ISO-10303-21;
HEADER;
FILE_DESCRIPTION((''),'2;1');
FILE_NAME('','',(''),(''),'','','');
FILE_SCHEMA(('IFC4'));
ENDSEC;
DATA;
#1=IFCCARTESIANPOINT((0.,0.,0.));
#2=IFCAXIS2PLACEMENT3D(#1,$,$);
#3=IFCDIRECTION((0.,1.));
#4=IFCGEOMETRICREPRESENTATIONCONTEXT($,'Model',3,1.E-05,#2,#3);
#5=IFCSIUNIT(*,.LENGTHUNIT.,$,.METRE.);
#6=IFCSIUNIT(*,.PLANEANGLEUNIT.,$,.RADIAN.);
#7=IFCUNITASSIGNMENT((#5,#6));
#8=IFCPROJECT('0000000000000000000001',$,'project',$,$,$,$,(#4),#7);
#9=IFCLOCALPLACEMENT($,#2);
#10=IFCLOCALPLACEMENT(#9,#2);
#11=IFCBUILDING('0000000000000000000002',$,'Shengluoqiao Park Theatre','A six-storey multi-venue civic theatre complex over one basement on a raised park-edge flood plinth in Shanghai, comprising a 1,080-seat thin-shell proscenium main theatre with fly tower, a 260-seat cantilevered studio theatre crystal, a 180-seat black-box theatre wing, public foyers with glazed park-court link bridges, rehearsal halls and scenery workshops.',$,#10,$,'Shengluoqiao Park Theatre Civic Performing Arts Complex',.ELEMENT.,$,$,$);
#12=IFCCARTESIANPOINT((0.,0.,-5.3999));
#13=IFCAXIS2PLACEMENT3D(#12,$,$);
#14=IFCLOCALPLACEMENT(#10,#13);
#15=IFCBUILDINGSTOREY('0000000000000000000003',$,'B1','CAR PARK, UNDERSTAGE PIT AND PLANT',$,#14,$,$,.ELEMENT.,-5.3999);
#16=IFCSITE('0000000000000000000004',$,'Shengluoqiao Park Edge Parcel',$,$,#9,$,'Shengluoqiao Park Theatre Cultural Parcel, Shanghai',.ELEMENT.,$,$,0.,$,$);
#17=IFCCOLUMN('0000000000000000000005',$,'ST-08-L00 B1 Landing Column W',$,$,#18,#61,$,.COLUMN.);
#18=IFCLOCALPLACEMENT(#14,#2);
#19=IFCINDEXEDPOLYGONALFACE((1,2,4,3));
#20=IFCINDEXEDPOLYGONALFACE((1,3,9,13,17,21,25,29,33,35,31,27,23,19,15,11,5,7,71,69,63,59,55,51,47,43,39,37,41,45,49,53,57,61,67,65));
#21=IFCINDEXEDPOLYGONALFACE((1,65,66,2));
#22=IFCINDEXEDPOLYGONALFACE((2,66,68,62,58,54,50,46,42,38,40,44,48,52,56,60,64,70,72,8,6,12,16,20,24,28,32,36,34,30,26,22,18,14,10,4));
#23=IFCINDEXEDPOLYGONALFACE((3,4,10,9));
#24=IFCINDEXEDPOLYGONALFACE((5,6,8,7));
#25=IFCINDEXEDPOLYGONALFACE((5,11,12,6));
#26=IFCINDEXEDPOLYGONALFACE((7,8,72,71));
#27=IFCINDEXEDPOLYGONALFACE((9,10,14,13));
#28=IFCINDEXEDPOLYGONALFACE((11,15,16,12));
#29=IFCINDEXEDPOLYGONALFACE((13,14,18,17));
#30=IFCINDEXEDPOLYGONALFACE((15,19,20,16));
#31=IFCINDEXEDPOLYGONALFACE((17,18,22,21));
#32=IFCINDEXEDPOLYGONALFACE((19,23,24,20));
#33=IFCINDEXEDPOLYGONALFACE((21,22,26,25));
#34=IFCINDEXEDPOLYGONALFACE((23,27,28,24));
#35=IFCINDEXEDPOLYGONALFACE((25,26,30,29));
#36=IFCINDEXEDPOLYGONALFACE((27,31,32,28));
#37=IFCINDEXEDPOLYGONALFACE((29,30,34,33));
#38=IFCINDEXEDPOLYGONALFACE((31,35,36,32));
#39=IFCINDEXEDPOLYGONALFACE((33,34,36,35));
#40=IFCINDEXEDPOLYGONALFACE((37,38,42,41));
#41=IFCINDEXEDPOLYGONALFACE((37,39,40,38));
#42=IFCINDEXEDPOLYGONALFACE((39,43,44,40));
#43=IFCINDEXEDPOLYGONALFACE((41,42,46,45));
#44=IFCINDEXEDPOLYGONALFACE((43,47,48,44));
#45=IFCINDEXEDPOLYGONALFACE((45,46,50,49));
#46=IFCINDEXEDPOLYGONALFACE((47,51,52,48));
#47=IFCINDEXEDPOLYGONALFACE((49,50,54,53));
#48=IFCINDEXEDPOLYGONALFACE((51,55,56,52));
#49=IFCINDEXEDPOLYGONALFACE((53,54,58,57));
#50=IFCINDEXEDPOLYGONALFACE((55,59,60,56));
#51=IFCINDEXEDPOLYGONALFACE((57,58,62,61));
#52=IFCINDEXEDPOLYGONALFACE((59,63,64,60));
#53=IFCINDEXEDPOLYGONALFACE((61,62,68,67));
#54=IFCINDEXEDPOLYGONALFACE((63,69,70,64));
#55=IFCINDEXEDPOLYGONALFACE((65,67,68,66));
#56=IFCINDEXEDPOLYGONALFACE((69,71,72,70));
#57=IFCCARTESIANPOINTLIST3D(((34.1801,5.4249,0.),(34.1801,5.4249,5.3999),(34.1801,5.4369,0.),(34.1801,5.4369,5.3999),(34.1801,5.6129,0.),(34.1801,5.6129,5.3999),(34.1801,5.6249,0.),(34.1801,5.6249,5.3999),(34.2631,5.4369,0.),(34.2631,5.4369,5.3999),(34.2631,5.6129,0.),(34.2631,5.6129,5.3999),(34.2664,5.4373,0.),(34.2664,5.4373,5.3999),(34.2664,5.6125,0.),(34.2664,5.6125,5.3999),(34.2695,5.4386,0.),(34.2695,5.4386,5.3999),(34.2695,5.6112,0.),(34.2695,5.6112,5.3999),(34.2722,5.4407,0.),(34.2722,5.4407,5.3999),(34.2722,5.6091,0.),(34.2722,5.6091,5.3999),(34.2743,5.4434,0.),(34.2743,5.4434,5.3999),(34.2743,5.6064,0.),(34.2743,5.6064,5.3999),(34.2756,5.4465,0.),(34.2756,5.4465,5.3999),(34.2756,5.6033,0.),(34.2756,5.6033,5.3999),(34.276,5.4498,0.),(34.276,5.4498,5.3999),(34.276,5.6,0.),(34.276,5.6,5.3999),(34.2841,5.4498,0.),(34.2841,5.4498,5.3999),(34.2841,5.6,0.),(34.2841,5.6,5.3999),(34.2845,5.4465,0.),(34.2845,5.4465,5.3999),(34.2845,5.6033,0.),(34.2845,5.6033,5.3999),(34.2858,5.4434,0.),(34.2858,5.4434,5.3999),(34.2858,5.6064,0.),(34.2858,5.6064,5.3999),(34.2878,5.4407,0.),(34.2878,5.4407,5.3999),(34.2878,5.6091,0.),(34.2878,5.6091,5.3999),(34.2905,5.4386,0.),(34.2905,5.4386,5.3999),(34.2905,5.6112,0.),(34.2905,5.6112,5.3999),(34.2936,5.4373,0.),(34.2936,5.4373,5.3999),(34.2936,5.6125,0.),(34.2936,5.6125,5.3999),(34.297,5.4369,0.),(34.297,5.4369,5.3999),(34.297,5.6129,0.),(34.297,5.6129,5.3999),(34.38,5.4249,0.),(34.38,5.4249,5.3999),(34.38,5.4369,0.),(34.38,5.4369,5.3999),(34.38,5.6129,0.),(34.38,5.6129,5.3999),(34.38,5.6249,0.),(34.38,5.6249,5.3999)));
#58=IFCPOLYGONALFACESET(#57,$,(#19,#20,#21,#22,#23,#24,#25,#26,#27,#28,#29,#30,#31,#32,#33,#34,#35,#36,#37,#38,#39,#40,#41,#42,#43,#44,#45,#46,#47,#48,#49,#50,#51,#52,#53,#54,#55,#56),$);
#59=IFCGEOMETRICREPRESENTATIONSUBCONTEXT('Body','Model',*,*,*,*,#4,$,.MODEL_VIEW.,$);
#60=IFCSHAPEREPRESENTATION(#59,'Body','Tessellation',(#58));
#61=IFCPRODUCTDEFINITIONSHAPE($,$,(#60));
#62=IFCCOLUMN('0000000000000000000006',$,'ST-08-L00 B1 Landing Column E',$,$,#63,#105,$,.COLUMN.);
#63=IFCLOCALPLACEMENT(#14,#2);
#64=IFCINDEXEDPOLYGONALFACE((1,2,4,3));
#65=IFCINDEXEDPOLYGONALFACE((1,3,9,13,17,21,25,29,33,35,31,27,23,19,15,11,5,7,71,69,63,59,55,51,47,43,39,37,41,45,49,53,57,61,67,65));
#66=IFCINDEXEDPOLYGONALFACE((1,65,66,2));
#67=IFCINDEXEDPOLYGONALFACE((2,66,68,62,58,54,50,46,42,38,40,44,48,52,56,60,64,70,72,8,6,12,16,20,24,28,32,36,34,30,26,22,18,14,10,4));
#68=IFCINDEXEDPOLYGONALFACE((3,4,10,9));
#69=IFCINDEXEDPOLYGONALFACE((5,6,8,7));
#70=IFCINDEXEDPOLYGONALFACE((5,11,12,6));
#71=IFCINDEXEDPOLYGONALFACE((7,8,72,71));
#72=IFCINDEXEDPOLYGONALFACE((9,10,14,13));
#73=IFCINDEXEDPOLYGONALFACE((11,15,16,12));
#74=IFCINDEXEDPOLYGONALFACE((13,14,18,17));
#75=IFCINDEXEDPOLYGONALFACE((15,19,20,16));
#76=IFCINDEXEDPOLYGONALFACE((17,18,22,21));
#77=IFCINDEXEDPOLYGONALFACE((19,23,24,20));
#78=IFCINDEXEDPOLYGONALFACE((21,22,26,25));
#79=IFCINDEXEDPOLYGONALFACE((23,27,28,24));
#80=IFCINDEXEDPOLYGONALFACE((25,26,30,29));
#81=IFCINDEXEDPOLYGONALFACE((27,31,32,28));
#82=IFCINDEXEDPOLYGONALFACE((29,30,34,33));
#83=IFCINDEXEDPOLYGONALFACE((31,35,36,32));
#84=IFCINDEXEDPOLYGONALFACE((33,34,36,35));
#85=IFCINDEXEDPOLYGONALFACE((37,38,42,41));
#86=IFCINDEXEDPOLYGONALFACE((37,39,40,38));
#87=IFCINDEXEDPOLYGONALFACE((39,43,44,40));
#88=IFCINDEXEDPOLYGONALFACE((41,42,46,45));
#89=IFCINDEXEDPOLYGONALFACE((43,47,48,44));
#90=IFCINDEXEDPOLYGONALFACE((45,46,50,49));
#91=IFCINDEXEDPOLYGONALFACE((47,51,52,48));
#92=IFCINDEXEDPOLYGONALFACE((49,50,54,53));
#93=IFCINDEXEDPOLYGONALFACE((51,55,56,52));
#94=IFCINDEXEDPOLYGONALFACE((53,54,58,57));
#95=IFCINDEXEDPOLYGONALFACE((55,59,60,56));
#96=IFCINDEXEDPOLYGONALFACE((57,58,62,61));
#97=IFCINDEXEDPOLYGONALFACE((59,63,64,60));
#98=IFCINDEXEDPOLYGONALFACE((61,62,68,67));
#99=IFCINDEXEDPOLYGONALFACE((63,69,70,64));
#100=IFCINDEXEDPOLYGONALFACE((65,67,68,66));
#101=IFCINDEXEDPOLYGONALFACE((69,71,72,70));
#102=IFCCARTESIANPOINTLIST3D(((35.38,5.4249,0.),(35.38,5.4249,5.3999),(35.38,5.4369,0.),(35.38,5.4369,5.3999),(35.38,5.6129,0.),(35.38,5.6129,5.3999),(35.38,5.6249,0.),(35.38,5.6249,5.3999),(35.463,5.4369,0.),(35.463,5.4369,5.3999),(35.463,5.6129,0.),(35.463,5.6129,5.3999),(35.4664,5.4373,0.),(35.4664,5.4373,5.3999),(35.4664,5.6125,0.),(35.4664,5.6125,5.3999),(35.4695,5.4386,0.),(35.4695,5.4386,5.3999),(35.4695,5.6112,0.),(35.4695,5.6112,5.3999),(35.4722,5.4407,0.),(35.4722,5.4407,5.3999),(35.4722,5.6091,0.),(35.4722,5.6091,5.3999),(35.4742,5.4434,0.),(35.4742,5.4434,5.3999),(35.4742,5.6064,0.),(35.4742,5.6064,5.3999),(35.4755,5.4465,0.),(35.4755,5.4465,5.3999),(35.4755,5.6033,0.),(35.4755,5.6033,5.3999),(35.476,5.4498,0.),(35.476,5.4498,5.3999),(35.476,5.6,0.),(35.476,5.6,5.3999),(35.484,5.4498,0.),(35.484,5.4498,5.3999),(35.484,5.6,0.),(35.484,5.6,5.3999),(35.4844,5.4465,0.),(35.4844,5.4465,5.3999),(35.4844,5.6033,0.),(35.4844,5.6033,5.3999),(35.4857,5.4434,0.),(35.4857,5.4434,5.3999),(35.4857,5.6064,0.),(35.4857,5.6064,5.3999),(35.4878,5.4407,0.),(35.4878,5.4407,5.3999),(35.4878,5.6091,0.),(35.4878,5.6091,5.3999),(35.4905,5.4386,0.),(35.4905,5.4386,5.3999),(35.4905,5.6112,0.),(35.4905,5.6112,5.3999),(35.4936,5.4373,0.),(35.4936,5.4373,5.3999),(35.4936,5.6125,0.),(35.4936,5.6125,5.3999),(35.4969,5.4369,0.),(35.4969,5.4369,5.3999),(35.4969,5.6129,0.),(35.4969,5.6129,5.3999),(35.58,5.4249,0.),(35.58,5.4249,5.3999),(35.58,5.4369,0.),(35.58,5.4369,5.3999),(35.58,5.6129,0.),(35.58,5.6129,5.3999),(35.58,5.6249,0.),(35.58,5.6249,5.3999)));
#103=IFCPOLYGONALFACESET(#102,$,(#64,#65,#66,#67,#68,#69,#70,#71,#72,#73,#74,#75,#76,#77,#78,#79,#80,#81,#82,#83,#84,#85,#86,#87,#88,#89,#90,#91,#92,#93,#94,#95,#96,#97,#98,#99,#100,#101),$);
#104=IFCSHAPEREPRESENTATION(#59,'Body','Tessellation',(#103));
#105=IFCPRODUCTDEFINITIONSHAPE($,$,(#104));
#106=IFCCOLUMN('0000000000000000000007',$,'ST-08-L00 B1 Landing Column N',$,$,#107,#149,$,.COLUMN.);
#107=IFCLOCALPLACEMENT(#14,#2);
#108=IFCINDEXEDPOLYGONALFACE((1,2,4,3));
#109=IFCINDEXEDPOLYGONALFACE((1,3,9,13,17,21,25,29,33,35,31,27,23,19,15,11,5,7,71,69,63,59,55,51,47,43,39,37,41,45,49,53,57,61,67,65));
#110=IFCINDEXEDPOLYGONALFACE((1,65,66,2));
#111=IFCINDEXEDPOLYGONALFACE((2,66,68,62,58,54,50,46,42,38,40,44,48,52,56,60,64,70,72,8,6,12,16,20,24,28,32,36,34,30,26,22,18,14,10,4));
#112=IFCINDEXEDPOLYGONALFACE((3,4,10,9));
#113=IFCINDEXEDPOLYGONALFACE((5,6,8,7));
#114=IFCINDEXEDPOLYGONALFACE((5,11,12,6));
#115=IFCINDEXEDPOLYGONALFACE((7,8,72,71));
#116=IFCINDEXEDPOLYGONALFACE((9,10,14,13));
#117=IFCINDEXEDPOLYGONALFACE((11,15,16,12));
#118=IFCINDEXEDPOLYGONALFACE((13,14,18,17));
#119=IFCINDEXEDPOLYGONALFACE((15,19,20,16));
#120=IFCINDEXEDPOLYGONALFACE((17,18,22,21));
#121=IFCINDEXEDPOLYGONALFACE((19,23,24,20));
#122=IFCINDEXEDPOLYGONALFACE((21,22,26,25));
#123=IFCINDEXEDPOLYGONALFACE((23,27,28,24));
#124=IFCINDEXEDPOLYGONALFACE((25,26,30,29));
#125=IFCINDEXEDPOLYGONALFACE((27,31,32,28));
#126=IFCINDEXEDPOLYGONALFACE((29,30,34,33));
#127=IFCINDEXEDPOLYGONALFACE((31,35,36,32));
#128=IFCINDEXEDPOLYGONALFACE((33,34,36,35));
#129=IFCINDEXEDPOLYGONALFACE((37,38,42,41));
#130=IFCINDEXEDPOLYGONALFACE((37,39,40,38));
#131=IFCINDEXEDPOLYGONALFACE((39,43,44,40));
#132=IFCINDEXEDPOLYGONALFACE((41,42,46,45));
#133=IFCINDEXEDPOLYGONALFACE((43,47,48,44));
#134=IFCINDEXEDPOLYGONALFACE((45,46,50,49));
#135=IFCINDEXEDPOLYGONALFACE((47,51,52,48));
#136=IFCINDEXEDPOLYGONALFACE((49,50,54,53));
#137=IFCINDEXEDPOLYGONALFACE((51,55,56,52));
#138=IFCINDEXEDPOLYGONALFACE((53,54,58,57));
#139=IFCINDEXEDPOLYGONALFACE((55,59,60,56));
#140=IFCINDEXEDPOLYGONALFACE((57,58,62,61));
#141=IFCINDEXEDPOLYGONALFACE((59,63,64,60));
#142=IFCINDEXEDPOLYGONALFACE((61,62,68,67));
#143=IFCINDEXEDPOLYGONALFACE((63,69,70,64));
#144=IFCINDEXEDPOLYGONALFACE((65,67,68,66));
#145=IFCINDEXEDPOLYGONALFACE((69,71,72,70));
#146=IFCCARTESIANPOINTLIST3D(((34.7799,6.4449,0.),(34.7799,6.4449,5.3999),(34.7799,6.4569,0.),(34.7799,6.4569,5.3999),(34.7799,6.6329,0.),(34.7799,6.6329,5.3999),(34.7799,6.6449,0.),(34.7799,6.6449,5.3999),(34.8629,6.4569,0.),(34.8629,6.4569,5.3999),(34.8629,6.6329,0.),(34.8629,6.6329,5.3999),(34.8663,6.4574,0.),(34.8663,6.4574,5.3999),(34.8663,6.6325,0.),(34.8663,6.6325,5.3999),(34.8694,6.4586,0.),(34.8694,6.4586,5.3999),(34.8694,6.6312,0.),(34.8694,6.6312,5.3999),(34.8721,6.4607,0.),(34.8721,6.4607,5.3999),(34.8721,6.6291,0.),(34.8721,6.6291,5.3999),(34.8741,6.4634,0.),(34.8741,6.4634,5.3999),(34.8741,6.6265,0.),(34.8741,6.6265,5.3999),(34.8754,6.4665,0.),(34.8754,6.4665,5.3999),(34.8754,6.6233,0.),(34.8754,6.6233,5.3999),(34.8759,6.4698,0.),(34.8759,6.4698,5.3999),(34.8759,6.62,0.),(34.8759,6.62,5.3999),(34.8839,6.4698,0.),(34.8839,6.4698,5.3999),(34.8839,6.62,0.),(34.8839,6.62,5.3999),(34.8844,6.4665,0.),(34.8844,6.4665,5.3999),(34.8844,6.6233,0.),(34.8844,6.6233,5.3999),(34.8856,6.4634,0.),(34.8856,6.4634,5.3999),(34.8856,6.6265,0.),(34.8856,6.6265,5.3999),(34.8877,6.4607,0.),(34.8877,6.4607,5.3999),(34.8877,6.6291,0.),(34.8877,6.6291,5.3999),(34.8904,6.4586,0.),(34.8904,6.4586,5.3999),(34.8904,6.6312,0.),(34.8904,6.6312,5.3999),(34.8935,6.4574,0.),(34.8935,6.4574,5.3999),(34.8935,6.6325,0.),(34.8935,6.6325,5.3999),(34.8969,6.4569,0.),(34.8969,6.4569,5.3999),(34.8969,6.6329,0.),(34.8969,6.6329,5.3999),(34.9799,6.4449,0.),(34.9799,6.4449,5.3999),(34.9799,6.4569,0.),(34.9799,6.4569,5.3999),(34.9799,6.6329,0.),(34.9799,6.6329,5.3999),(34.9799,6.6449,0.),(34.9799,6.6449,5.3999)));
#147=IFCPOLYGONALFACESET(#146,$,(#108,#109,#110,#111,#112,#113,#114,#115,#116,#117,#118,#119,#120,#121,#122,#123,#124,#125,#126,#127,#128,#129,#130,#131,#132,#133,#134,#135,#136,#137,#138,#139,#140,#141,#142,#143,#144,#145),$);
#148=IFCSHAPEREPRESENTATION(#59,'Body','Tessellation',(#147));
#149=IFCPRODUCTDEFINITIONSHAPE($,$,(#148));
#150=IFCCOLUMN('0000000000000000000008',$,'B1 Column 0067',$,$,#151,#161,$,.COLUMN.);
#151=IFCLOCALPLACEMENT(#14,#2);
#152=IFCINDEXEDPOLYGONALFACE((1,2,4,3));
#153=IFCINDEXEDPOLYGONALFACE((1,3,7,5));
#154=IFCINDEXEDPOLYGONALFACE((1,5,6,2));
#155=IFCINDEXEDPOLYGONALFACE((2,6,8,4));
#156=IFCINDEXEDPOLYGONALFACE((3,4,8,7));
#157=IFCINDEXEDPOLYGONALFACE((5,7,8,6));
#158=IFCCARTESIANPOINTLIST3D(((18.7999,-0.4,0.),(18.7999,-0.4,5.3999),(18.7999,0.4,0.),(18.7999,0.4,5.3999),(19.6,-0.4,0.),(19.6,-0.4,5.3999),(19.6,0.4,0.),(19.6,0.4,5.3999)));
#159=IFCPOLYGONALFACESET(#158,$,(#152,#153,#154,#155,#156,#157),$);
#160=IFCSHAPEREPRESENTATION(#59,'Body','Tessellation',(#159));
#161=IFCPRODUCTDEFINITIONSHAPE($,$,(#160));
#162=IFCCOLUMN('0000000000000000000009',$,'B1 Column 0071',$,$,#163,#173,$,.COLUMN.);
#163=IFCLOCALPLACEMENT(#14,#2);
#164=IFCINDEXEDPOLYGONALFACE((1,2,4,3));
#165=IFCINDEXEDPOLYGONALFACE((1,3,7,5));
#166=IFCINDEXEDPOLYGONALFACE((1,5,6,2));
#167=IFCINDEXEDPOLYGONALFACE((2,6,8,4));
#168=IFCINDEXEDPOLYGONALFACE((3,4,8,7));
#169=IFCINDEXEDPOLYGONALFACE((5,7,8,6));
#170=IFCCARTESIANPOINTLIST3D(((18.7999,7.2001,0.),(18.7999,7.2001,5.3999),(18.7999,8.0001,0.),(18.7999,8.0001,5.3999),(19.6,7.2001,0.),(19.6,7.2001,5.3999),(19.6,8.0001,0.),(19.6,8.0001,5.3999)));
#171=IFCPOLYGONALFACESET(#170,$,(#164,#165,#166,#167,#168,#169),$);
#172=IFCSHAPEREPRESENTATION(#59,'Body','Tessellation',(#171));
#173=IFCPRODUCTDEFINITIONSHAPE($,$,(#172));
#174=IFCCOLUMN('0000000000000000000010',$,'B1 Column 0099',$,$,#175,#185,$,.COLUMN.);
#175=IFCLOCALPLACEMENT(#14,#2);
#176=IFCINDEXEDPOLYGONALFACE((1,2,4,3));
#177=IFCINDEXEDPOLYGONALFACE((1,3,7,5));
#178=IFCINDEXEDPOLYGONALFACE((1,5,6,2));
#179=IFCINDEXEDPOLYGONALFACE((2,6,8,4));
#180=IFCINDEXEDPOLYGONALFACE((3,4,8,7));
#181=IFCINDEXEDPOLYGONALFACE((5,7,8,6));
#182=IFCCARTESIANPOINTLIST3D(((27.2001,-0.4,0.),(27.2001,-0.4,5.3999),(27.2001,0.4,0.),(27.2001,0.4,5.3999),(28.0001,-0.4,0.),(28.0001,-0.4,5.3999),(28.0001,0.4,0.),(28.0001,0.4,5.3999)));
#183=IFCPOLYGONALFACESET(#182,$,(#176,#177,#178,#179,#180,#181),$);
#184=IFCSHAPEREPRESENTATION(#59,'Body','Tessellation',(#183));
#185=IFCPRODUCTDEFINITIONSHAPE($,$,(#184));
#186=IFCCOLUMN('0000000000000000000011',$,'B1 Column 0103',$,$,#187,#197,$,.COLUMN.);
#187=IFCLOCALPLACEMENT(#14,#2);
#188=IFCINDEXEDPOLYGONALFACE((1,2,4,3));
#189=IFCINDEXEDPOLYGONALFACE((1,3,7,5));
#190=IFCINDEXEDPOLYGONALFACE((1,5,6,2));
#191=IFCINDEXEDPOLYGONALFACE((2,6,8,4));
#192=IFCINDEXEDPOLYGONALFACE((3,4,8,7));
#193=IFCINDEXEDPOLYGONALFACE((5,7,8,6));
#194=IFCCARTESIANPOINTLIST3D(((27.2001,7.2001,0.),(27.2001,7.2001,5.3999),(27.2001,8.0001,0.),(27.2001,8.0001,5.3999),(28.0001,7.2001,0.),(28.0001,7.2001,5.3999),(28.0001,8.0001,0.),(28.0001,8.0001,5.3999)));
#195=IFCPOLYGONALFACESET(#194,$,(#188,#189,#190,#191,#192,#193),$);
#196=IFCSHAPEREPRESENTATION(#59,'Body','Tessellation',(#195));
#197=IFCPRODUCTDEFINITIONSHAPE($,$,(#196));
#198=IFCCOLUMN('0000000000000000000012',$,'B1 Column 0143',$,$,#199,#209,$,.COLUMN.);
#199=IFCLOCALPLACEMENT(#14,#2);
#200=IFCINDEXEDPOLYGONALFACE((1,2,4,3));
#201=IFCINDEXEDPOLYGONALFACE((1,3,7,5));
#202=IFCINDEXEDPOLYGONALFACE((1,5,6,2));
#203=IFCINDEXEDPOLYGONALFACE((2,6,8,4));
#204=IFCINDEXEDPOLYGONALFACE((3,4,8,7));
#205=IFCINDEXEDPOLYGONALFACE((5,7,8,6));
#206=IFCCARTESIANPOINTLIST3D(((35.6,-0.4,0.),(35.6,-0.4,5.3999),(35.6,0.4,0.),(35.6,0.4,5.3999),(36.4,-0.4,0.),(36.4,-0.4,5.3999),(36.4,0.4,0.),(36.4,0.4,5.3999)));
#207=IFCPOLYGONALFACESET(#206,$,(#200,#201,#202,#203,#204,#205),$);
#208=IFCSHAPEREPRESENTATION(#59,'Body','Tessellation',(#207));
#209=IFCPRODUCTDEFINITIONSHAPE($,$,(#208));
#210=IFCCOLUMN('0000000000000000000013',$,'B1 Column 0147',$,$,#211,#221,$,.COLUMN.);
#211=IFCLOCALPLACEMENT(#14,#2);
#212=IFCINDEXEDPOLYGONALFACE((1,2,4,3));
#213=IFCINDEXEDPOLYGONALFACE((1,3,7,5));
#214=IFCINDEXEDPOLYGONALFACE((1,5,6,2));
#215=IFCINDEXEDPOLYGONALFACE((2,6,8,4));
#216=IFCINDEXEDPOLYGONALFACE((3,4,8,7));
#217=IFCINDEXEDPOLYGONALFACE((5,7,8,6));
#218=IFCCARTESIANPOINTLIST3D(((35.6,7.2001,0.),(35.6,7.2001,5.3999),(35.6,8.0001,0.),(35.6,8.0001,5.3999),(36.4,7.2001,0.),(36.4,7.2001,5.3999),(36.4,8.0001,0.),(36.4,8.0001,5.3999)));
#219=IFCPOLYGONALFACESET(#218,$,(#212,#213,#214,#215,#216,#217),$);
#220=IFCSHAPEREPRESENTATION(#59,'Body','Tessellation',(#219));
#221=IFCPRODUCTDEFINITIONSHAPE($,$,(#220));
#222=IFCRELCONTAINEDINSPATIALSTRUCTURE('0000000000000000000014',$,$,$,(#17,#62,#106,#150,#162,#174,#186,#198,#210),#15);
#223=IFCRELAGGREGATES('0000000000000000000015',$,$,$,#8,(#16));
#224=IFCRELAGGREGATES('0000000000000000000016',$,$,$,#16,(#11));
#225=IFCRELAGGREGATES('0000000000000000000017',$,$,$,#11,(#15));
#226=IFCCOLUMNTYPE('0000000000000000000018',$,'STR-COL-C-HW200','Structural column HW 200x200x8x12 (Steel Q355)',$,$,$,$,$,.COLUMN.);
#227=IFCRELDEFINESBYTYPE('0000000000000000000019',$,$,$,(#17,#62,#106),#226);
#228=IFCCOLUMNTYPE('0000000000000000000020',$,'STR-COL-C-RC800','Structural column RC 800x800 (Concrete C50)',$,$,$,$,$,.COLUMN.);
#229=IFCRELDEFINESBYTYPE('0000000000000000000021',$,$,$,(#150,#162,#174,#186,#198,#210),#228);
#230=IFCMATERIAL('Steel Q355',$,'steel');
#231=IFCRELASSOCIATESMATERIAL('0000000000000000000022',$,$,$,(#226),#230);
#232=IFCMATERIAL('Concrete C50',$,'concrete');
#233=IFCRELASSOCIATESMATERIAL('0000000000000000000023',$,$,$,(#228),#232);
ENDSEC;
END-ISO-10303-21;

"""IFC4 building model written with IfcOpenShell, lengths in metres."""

from ifc_helpers import new_model, si_unit, direction, frame, origin, origin_2d, place, context, subcontext, project, spatial, rectangle, i_section, extrude, material, material_profile, profile_set, type_object, element, save


model = new_model("IFC4")

# Units and contexts
model_context = context("Model", 3, precision=1e-05, world=origin(), true_north=direction((0.0, 1.0)))
body_context = subcontext(model_context, "Body", "Model", "MODEL_VIEW")
ifc_project = project(units=[si_unit("LENGTHUNIT", "METRE"), si_unit("PLANEANGLEUNIT", "RADIAN")], contexts=[model_context])

# Site, building, storey
site_placement = place(None, origin())
site = spatial("IfcSite", under=ifc_project, at=site_placement, Name="Shengluoqiao Park Edge Parcel", LongName="Shengluoqiao Park Theatre Cultural Parcel, Shanghai", CompositionType="ELEMENT", RefElevation=0.0)
building_placement = place(site_placement, origin())
building = spatial("IfcBuilding", under=site, at=building_placement, Name="Shengluoqiao Park Theatre", Description="A six-storey multi-venue civic theatre complex over one basement on a raised park-edge flood plinth in Shanghai, comprising a 1,080-seat thin-shell proscenium main theatre with fly tower, a 260-seat cantilevered studio theatre crystal, a 180-seat black-box theatre wing, public foyers with glazed park-court link bridges, rehearsal halls and scenery workshops.", LongName="Shengluoqiao Park Theatre Civic Performing Arts Complex", CompositionType="ELEMENT")
storey_placement = place(building_placement, frame((0.0, 0.0, -5.3999)))
storey = spatial("IfcBuildingStorey", under=building, at=storey_placement, Name="B1", Description="CAR PARK, UNDERSTAGE PIT AND PLANT", CompositionType="ELEMENT", Elevation=-5.3999)

# Columns
ifc_material_1 = material(Name="Steel Q355", Category="steel")
ifc_material_profile_1 = material_profile(ifc_material_1, i_section(OverallWidth=0.2, OverallDepth=0.2, WebThickness=0.0081, FlangeThickness=0.012, FilletRadius=0.0129, at=origin_2d()), Name="HW 200x200x8x12")
ifc_profile_set_1 = profile_set([ifc_material_profile_1], Name="Steel Q355")
column_type_1 = type_object("IfcColumnType", Name="STR-COL-C-HW200", Description="Structural column HW 200x200x8x12 (Steel Q355)", PredefinedType="COLUMN", material=ifc_profile_set_1)
for number, where, z_axis, x_axis, name in (
    (1, (34.28, 5.5249, 0.0), (0.0, 0.0, 1.0), (1.0, 0.0, 0.0), "ST-08-L00 B1 Landing Column W"),
    (2, (35.48, 5.5249, 0.0), (0.0, 0.0, 1.0), (1.0, 0.0, 0.0), "ST-08-L00 B1 Landing Column E"),
    (3, (34.8799, 6.5449, 0.0), (0.0, 0.0, 1.0), (1.0, 0.0, 0.0), "ST-08-L00 B1 Landing Column N"),
):
    element("IfcColumn", number, at=place(storey_placement, frame(where, z_axis=z_axis, x_axis=x_axis)), inside=storey, type_object=column_type_1, Name=name, PredefinedType="COLUMN", context=body_context, shape_type="SweptSolid", body=[
        extrude(i_section(OverallWidth=0.2, OverallDepth=0.2, WebThickness=0.0081, FlangeThickness=0.012, FilletRadius=0.0129, at=origin_2d()), origin(), (0.0, 0.0, 1.0), 5.3999),
    ])
ifc_material_2 = material(Name="Concrete C50", Category="concrete")
ifc_material_profile_2 = material_profile(ifc_material_2, rectangle(XDim=0.8, YDim=0.8, at=origin_2d()), Name="RC 800x800")
ifc_profile_set_2 = profile_set([ifc_material_profile_2], Name="Concrete C50")
column_type_2 = type_object("IfcColumnType", Name="STR-COL-C-RC800", Description="Structural column RC 800x800 (Concrete C50)", PredefinedType="COLUMN", material=ifc_profile_set_2)
for number, where, z_axis, x_axis, name in (
    (4, (19.2, 0.0, 0.0), (0.0, 0.0, 1.0), (1.0, 0.0, 0.0), "B1 Column 0067"),
    (5, (19.2, 7.6001, 0.0), (0.0, 0.0, 1.0), (1.0, 0.0, 0.0), "B1 Column 0071"),
    (6, (27.6001, 0.0, 0.0), (0.0, 0.0, 1.0), (1.0, 0.0, 0.0), "B1 Column 0099"),
    (7, (27.6001, 7.6001, 0.0), (0.0, 0.0, 1.0), (1.0, 0.0, 0.0), "B1 Column 0103"),
    (8, (36.0, 0.0, 0.0), (0.0, 0.0, 1.0), (1.0, 0.0, 0.0), "B1 Column 0143"),
    (9, (36.0, 7.6001, 0.0), (0.0, 0.0, 1.0), (1.0, 0.0, 0.0), "B1 Column 0147"),
):
    element("IfcColumn", number, at=place(storey_placement, frame(where, z_axis=z_axis, x_axis=x_axis)), inside=storey, type_object=column_type_2, Name=name, PredefinedType="COLUMN", context=body_context, shape_type="SweptSolid", body=[
        extrude(rectangle(XDim=0.8, YDim=0.8, at=origin_2d()), origin(), (0.0, 0.0, 1.0), 5.3999),
    ])

save(model, "model.ifc")
